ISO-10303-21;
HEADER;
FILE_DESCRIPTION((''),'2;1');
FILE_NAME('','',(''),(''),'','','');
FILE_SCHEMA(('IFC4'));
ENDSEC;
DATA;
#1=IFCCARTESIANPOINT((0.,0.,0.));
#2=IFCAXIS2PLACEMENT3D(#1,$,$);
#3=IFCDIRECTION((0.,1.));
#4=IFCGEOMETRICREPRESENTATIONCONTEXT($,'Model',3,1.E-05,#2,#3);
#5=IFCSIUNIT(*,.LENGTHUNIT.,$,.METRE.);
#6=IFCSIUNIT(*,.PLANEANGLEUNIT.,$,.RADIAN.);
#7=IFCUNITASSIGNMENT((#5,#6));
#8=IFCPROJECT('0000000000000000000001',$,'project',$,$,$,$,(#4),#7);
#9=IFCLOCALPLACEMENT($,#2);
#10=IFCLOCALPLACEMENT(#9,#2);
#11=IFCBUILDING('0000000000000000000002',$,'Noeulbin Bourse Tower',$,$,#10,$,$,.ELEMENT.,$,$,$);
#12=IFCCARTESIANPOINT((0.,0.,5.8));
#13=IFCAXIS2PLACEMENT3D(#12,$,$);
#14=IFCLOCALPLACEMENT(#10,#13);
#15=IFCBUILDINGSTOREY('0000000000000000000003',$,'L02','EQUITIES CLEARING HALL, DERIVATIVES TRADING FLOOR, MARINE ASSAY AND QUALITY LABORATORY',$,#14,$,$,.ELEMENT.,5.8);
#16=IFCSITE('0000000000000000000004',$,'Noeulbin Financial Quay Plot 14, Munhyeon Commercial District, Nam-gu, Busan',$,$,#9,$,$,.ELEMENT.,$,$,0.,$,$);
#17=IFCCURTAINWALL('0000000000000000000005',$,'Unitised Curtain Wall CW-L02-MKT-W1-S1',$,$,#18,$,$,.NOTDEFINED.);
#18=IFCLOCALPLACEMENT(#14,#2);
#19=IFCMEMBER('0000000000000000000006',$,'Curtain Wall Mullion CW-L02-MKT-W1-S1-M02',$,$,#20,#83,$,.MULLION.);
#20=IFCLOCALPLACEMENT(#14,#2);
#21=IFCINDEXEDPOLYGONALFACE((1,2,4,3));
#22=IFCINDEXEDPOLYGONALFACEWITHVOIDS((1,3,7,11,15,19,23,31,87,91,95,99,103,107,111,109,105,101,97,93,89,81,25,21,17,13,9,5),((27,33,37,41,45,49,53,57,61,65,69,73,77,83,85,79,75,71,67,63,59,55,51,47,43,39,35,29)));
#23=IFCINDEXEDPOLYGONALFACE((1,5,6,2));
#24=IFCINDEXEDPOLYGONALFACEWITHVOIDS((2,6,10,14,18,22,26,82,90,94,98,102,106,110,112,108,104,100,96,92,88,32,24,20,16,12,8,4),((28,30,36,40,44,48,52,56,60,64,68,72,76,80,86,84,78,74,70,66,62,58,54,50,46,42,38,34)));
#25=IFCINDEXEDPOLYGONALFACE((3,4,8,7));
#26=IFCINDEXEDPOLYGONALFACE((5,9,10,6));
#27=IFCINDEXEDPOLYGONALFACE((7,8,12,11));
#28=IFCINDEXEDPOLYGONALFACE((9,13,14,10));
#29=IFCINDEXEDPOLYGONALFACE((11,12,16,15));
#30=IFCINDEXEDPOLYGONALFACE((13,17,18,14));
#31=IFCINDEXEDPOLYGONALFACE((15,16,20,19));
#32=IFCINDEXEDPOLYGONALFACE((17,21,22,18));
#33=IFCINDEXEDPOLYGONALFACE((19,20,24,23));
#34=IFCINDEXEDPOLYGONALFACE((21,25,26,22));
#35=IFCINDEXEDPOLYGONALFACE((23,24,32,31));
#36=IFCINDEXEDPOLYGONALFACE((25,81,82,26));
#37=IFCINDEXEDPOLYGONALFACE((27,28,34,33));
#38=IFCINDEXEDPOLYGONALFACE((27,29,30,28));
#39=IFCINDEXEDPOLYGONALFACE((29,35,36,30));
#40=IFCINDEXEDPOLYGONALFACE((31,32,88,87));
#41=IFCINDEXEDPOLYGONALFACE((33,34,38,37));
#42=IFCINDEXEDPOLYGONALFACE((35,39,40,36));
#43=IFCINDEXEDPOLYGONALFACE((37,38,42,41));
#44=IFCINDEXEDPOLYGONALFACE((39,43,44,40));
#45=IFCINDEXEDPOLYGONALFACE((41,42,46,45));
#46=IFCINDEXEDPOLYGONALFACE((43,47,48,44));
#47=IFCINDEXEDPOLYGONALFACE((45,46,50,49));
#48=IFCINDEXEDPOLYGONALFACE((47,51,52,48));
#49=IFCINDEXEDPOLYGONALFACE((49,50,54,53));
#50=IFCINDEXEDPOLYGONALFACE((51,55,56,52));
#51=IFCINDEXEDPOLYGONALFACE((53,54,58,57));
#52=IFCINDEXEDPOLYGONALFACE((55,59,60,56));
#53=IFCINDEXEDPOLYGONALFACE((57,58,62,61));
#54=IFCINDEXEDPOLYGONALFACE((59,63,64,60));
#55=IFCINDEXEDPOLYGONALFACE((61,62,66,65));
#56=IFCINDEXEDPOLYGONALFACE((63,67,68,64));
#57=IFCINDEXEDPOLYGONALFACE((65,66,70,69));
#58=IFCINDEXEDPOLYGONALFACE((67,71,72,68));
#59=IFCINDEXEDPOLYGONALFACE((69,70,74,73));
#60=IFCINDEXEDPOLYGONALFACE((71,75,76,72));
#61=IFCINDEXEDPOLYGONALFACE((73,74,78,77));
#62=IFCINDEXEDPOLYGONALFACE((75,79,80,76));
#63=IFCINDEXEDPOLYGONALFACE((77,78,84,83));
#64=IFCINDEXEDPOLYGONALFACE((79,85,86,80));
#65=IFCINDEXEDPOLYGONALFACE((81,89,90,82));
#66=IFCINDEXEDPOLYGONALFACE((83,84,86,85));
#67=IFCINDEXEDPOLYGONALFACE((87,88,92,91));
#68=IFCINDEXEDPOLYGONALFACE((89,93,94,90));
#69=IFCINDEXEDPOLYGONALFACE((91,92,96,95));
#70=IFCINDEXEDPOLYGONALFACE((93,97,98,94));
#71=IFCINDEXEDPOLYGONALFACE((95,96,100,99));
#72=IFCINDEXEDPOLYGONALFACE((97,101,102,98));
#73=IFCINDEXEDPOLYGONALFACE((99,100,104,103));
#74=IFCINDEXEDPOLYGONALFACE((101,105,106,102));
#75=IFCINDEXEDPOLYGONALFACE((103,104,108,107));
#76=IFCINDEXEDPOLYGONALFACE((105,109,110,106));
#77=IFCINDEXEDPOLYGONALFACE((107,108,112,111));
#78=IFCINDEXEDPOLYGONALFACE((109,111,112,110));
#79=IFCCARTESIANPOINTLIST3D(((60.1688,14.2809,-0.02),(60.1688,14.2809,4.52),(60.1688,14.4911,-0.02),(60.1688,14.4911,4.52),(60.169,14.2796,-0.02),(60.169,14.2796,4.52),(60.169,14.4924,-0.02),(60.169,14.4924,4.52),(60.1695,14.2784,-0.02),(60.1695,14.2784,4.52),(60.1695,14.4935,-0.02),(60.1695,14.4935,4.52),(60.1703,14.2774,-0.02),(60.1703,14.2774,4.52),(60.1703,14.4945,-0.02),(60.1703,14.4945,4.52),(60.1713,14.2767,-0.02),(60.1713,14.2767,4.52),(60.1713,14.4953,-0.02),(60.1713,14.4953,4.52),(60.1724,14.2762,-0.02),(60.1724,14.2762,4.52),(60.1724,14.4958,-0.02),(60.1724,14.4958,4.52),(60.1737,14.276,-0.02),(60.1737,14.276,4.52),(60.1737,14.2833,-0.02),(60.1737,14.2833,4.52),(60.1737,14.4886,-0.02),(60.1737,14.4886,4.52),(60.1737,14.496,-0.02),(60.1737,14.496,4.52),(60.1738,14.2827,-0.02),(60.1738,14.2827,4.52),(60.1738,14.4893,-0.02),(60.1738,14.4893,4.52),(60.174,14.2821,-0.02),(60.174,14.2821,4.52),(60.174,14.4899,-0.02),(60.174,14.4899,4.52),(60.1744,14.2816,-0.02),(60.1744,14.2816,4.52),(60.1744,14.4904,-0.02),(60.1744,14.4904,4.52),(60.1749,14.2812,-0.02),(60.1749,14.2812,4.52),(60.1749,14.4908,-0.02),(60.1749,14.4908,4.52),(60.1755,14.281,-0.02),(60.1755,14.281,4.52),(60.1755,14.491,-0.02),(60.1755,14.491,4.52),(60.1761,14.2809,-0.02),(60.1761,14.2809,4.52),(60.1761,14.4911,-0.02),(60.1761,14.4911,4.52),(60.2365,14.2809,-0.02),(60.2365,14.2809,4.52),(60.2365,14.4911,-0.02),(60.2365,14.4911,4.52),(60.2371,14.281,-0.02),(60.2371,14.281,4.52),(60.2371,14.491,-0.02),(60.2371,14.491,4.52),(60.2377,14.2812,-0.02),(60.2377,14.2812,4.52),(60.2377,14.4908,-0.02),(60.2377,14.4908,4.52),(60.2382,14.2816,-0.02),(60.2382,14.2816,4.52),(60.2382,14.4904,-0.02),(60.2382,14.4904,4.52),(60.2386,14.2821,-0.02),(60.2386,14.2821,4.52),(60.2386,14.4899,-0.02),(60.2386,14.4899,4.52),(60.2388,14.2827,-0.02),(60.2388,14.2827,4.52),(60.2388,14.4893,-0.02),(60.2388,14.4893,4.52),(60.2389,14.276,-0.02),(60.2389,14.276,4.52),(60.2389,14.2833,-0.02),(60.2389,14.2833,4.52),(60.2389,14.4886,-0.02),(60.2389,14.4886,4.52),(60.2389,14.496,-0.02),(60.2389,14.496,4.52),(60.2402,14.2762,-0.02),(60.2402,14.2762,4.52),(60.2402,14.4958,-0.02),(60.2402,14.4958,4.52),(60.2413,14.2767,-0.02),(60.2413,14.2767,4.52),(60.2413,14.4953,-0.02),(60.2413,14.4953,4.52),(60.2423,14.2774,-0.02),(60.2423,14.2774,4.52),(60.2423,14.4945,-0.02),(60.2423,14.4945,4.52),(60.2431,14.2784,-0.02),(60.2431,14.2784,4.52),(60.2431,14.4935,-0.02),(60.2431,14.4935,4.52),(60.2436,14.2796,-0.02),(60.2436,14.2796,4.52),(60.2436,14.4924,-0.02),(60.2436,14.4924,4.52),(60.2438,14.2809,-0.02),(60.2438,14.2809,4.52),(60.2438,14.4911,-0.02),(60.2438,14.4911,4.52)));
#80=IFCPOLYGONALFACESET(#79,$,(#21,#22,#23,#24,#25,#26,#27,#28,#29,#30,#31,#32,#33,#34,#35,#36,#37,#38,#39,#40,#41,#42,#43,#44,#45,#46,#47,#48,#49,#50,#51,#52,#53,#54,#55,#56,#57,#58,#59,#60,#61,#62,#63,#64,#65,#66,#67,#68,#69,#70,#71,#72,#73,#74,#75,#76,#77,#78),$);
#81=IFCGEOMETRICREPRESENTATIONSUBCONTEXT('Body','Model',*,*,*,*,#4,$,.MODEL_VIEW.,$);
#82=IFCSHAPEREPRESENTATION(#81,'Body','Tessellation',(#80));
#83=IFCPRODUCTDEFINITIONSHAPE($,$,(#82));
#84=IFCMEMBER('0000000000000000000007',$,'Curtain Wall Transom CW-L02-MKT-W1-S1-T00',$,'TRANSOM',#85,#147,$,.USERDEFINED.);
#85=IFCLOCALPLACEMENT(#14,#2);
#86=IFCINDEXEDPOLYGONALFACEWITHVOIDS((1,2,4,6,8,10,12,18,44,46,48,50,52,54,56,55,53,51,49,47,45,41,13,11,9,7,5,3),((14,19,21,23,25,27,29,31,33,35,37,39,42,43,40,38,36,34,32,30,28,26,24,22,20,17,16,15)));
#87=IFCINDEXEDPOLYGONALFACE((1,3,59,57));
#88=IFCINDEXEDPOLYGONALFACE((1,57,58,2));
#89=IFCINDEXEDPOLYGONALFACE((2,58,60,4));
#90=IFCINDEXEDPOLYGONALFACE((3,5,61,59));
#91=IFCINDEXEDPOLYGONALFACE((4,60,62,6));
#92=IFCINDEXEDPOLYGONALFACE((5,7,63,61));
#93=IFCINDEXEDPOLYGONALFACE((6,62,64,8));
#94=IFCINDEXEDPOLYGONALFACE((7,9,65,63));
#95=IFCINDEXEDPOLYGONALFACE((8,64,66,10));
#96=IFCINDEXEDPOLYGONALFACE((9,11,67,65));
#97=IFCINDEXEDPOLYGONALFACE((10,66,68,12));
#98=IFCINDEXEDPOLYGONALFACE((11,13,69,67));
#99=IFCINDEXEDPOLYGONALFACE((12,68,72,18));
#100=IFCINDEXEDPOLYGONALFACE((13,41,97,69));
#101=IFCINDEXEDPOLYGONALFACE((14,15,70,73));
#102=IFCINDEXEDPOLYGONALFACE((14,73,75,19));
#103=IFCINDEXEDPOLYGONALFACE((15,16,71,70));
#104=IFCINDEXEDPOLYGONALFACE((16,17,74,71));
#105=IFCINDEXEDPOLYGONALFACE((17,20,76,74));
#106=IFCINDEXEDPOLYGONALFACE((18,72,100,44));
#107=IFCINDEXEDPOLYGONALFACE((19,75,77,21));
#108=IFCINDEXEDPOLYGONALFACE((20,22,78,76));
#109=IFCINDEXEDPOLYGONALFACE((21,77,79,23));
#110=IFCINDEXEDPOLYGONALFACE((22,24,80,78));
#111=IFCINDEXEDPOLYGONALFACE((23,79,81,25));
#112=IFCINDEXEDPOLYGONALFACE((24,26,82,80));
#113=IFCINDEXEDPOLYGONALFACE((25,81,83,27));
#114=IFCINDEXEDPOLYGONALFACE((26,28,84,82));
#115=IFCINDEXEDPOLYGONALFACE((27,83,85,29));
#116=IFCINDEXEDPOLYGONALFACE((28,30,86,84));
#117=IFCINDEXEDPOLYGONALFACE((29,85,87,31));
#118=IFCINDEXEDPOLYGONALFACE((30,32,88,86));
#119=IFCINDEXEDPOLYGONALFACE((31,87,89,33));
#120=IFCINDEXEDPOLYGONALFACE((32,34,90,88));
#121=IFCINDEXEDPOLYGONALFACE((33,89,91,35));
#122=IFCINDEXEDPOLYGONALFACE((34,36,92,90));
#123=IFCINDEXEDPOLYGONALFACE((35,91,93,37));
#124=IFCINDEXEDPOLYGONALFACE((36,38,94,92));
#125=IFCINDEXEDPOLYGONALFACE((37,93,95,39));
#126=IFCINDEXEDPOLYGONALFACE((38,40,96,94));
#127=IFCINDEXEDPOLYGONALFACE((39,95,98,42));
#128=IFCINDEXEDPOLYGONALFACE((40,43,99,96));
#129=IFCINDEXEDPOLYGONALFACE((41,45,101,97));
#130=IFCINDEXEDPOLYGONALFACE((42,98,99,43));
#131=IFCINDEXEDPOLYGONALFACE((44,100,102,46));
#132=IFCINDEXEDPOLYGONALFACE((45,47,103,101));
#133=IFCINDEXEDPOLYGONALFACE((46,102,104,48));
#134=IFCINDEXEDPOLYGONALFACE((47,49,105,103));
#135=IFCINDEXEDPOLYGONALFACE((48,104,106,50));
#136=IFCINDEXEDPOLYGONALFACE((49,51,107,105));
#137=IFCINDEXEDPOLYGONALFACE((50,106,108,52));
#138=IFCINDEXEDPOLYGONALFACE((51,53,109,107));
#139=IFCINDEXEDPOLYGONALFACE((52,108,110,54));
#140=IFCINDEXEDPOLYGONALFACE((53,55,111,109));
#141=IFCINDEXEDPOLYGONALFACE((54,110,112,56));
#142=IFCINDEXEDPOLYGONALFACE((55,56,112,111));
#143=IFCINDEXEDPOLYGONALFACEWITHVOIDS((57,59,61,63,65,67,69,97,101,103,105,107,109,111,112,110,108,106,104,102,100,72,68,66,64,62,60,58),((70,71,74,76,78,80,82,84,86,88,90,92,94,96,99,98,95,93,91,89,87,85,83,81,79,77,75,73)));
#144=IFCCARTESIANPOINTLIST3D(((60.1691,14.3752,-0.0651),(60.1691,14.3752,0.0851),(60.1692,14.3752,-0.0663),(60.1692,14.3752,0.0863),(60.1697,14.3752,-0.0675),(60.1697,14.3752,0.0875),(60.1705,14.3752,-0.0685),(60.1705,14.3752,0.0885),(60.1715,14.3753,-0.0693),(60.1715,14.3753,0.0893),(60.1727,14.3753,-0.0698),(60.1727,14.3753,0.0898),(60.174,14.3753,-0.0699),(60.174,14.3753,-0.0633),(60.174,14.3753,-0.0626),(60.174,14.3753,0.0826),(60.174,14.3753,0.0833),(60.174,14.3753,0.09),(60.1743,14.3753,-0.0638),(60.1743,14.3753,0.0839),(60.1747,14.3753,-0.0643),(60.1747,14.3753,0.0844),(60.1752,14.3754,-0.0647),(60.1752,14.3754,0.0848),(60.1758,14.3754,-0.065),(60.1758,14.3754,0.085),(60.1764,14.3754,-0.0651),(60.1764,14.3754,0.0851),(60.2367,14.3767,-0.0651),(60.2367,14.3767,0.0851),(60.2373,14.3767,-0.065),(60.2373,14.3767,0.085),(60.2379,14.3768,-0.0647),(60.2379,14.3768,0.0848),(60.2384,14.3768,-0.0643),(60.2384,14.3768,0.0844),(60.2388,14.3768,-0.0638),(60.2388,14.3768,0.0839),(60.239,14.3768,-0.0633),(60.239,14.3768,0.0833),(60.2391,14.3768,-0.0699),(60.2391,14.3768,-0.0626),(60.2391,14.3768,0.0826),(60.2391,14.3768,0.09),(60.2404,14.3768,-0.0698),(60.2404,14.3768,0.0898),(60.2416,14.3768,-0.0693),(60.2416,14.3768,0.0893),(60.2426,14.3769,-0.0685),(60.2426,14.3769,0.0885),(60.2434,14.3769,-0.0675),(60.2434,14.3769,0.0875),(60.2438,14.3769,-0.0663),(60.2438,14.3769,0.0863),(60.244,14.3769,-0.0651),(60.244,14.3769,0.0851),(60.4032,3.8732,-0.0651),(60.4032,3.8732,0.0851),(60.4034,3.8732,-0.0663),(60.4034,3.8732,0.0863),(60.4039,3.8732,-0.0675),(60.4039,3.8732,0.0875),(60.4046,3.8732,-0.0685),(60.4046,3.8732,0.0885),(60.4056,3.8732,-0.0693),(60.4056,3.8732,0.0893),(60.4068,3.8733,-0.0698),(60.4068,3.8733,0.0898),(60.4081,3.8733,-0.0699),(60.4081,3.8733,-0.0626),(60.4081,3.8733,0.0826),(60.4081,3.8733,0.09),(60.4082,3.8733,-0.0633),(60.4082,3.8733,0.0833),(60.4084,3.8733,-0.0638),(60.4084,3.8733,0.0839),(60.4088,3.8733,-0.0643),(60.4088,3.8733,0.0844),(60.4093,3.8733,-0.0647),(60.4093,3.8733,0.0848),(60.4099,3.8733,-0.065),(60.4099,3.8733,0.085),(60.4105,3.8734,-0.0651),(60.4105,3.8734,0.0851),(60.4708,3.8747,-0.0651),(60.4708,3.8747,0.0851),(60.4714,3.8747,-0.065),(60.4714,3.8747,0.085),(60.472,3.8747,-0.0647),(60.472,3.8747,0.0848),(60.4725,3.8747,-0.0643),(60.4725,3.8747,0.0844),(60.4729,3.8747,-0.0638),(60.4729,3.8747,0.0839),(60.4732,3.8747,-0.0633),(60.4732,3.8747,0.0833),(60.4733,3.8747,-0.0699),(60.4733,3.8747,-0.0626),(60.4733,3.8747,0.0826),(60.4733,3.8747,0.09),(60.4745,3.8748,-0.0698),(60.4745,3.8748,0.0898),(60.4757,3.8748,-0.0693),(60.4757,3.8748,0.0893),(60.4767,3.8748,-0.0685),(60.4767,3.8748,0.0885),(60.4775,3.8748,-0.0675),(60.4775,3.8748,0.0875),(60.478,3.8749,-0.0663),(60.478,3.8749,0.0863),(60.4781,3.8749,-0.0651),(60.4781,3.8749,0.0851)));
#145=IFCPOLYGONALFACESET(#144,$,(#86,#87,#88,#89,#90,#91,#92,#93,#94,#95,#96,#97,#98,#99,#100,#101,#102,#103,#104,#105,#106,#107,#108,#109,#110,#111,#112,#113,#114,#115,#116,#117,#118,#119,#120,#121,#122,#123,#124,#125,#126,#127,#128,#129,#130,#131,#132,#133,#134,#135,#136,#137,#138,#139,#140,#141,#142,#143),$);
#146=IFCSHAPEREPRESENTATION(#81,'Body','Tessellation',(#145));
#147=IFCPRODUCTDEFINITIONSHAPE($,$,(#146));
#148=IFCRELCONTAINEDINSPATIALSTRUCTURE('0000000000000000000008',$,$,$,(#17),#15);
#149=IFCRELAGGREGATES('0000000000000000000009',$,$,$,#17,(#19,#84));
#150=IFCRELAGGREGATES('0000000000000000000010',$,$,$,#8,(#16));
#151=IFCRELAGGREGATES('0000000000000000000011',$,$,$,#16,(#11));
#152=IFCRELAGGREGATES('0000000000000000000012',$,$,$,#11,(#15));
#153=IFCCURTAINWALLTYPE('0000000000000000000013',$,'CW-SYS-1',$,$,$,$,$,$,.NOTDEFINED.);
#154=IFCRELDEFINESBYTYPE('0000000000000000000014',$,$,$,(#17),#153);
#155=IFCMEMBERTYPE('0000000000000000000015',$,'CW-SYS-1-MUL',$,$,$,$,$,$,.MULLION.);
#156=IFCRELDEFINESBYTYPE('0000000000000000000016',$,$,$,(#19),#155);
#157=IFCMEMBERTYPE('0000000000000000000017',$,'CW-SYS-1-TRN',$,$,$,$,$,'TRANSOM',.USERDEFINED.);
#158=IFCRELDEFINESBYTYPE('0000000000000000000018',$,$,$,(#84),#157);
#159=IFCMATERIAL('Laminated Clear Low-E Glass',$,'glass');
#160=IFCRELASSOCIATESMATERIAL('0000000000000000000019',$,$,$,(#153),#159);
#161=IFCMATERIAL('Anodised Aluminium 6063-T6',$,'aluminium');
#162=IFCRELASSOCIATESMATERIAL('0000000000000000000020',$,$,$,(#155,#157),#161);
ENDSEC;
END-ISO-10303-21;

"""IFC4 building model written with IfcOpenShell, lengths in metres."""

from ifc_helpers import new_model, si_unit, direction, frame, origin, origin_2d, place, context, subcontext, project, spatial, hollow_rectangle, extrude, material, material_profile, profile_set, type_object, element, aggregate, save


model = new_model("IFC4")

# Units and contexts
model_context = context("Model", 3, precision=1e-05, world=origin(), true_north=direction((0.0, 1.0)))
body_context = subcontext(model_context, "Body", "Model", "MODEL_VIEW")
ifc_project = project(units=[si_unit("LENGTHUNIT", "METRE"), si_unit("PLANEANGLEUNIT", "RADIAN")], contexts=[model_context])

# Site, building, storey
site_placement = place(None, origin())
site = spatial("IfcSite", under=ifc_project, at=site_placement, Name="Noeulbin Financial Quay Plot 14, Munhyeon Commercial District, Nam-gu, Busan", CompositionType="ELEMENT", RefElevation=0.0)
building_placement = place(site_placement, origin())
building = spatial("IfcBuilding", under=site, at=building_placement, Name="Noeulbin Bourse Tower", CompositionType="ELEMENT")
storey_placement = place(building_placement, frame((0.0, 0.0, 5.8)))
storey = spatial("IfcBuildingStorey", under=building, at=storey_placement, Name="L02", Description="EQUITIES CLEARING HALL, DERIVATIVES TRADING FLOOR, MARINE ASSAY AND QUALITY LABORATORY", CompositionType="ELEMENT", Elevation=5.8)

# Curtain wall, members
ifc_material_1 = material(Name="Laminated Clear Low-E Glass", Category="glass")
curtain_wall_type = type_object("IfcCurtainWallType", Name="CW-SYS-1", PredefinedType="NOTDEFINED", material=ifc_material_1)
curtain_wall_placement = place(storey_placement, origin())
curtain_wall = element("IfcCurtainWall", 1, at=curtain_wall_placement, inside=storey, type_object=curtain_wall_type, Name="Unitised Curtain Wall CW-L02-MKT-W1-S1", PredefinedType="NOTDEFINED")
ifc_material_2 = material(Name="Anodised Aluminium 6063-T6", Category="aluminium")
ifc_material_profile_1 = material_profile(ifc_material_2, hollow_rectangle(XDim=0.075, YDim=0.22, WallThickness=0.0049, InnerFilletRadius=0.0024, OuterFilletRadius=0.0049, at=origin_2d()), Name="ALU-MULL-75x220x5", Category="LoadBearing")
ifc_profile_set_1 = profile_set([ifc_material_profile_1], Name="Anodised Aluminium 6063-T6")
member_type_1 = type_object("IfcMemberType", Name="CW-SYS-1-MUL", PredefinedType="MULLION", material=ifc_profile_set_1)
member_1_placement = place(storey_placement, frame((60.2063, 14.386, -0.02), z_axis=(0.0, 0.0, 1.0), x_axis=(1.0, 0.0, 0.0)))
member_1 = element("IfcMember", 2, at=member_1_placement, type_object=member_type_1, Name="Curtain Wall Mullion CW-L02-MKT-W1-S1-M02", PredefinedType="MULLION", context=body_context, shape_type="SweptSolid", body=[
    extrude(hollow_rectangle(XDim=0.075, YDim=0.22, WallThickness=0.0049, InnerFilletRadius=0.0024, OuterFilletRadius=0.0049, at=origin_2d()), origin(), (0.0, 0.0, 1.0), 4.54),
])
ifc_material_profile_2 = material_profile(ifc_material_2, hollow_rectangle(XDim=0.075, YDim=0.1599, WallThickness=0.0049, InnerFilletRadius=0.0024, OuterFilletRadius=0.0049, at=origin_2d()), Name="ALU-TRAN-75x160x5", Category="LoadBearing")
ifc_profile_set_2 = profile_set([ifc_material_profile_2], Name="Anodised Aluminium 6063-T6")
member_type_2 = type_object("IfcMemberType", Name="CW-SYS-1-TRN", ElementType="TRANSOM", PredefinedType="USERDEFINED", material=ifc_profile_set_2)
member_2_placement = place(storey_placement, frame((60.4407, 3.874, 0.01), z_axis=(-0.022288, 0.999752, 0.0), x_axis=(-0.999752, -0.022288, 0.0)))
member_2 = element("IfcMember", 3, at=member_2_placement, type_object=member_type_2, Name="Curtain Wall Transom CW-L02-MKT-W1-S1-T00", ObjectType="TRANSOM", PredefinedType="USERDEFINED", context=body_context, shape_type="SweptSolid", body=[
    extrude(hollow_rectangle(XDim=0.075, YDim=0.1599, WallThickness=0.0049, InnerFilletRadius=0.0024, OuterFilletRadius=0.0049, at=origin_2d()), origin(), (0.0, 0.0, 1.0), 10.5046),
])
aggregate(curtain_wall, [member_1, member_2])

save(model, "model.ifc")
